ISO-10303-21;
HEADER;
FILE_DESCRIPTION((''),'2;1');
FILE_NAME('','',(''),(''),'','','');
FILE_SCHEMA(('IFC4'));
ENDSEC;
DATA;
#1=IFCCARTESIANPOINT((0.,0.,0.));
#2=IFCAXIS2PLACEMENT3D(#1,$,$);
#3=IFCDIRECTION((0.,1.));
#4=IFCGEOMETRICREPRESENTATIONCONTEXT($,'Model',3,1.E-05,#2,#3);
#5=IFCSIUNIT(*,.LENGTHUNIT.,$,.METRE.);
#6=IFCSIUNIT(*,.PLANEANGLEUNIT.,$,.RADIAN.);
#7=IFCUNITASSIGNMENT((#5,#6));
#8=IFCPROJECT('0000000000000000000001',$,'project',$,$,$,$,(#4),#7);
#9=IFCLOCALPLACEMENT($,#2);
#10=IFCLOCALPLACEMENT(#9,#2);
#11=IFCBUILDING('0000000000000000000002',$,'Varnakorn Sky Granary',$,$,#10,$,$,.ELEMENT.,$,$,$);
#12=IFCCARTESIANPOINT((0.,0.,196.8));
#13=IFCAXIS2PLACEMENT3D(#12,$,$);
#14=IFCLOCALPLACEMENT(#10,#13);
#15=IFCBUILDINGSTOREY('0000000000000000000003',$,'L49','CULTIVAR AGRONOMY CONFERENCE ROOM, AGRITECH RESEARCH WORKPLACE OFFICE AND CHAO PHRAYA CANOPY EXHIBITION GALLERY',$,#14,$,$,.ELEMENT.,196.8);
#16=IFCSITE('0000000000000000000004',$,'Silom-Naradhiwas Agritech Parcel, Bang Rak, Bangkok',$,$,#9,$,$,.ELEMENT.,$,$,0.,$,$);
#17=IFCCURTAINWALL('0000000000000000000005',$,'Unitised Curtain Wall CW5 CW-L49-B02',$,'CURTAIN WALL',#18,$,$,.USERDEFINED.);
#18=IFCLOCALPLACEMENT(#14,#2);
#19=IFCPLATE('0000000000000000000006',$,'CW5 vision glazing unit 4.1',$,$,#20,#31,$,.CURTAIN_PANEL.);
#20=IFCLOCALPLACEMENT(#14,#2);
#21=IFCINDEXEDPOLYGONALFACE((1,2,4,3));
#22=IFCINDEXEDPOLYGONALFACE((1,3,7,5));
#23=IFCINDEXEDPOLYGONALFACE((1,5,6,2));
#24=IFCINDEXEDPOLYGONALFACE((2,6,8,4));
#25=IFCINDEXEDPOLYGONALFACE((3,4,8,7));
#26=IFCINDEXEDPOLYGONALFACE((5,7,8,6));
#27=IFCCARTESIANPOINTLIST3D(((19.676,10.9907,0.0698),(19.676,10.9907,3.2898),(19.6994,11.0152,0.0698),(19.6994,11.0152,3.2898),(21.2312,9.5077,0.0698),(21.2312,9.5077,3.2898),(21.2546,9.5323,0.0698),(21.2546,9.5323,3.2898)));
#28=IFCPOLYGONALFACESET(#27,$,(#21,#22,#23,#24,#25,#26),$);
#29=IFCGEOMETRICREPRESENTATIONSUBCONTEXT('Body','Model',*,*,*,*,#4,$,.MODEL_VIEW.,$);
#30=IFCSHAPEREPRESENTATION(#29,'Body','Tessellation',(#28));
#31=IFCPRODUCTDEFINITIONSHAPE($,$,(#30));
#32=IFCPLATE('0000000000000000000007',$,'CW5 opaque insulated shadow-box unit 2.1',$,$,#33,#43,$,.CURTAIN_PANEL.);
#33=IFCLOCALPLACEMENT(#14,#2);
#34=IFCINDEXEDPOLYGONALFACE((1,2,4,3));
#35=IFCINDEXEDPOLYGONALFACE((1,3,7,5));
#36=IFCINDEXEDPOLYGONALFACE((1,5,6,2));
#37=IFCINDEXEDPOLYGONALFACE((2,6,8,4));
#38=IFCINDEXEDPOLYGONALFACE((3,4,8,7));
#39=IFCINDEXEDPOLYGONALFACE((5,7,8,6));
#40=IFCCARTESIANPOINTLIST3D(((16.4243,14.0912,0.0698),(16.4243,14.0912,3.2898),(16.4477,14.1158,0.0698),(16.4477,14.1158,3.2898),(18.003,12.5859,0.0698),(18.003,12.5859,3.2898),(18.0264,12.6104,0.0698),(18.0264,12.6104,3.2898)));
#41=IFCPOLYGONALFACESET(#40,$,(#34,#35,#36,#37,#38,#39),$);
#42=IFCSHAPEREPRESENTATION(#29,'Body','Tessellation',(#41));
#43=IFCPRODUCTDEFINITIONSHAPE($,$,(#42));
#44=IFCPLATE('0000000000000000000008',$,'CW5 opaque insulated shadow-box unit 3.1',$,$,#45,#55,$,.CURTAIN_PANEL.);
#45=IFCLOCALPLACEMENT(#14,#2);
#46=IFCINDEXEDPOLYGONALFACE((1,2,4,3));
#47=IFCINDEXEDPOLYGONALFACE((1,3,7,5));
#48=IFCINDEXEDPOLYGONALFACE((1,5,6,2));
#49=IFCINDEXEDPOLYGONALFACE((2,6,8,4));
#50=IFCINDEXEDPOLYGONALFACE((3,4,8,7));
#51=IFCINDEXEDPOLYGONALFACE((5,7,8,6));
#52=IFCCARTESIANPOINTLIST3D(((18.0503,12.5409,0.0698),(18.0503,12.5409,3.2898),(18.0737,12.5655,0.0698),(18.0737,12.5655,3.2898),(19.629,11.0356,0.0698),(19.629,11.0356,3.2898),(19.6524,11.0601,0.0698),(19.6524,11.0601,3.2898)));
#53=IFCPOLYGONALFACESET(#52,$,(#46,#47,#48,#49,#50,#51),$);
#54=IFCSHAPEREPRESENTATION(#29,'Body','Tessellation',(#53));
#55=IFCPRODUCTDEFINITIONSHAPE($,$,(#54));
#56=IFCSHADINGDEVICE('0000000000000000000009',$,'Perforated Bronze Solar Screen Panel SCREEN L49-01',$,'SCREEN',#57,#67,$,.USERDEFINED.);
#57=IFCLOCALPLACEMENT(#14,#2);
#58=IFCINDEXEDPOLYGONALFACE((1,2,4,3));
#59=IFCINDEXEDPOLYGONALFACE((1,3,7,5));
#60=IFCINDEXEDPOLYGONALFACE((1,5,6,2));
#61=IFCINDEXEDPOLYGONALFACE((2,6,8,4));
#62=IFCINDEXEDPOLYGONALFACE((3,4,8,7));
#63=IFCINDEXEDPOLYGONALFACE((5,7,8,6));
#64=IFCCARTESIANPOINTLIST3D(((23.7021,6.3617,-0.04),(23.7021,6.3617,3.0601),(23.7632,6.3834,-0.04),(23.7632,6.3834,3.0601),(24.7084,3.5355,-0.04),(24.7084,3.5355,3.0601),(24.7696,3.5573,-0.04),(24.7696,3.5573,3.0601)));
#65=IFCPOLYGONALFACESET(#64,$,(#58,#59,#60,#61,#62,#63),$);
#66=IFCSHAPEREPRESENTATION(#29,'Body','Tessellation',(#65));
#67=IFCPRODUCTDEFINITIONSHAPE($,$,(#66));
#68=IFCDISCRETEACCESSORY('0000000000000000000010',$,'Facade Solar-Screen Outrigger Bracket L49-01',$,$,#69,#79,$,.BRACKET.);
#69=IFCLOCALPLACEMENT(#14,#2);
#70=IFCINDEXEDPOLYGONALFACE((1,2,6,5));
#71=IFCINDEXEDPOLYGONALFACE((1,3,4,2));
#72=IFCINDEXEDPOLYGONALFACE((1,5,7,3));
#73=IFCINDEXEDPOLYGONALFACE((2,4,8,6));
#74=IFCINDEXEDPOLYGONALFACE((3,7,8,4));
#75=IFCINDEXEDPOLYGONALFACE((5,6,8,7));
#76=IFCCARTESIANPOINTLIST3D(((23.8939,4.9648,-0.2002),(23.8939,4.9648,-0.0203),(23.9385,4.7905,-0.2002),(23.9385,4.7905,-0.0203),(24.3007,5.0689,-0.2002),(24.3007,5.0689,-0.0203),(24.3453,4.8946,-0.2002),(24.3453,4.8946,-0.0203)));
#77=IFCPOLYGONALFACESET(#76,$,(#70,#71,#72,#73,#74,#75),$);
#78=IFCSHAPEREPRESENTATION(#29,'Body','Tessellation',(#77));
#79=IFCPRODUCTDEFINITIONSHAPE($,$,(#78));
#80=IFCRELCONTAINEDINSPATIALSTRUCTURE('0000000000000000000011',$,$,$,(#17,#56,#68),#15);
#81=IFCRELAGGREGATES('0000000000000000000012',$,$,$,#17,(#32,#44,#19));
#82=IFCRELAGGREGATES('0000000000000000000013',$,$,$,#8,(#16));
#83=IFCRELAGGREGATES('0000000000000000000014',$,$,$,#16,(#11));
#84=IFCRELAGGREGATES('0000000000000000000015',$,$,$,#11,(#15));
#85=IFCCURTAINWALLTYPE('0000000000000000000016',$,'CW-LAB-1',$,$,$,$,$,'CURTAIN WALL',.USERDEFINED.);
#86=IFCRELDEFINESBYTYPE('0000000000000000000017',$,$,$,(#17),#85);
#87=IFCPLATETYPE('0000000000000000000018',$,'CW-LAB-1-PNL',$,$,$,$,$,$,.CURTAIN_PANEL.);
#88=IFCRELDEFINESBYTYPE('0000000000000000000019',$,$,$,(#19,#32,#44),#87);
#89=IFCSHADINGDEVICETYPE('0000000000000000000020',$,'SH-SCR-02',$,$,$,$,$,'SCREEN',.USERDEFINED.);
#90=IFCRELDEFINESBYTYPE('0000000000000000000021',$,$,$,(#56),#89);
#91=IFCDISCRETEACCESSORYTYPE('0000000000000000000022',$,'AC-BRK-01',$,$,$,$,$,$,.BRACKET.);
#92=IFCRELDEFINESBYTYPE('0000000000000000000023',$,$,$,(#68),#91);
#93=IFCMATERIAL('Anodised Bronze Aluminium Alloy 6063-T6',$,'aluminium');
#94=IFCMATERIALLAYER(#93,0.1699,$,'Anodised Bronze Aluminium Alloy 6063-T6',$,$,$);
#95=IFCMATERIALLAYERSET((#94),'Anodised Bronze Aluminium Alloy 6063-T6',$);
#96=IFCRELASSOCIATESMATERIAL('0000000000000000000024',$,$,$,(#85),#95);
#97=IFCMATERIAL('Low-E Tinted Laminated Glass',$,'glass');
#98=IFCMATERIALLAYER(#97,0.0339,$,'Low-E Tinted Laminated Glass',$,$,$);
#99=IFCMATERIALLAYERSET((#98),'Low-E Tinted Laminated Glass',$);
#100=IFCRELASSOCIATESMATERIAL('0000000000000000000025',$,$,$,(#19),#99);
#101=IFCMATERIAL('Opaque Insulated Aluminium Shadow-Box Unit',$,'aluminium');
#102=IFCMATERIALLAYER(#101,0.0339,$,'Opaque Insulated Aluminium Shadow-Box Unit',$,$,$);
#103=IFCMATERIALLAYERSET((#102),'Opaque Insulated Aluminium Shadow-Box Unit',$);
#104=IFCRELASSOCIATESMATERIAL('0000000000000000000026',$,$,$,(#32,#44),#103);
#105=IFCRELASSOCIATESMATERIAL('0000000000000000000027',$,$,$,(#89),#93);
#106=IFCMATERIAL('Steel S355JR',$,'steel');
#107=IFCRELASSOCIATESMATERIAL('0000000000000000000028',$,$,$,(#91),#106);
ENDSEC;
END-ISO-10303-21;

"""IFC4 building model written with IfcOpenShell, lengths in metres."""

from ifc_helpers import new_model, si_unit, direction, frame, origin, origin_2d, place, context, subcontext, project, spatial, rectangle, extrude, source, transform, mapped, material, layer, layer_set, type_object, type_shapes, element, aggregate, save


model = new_model("IFC4")

# Units and contexts
model_context = context("Model", 3, precision=1e-05, world=origin(), true_north=direction((0.0, 1.0)))
body_context = subcontext(model_context, "Body", "Model", "MODEL_VIEW")
ifc_project = project(units=[si_unit("LENGTHUNIT", "METRE"), si_unit("PLANEANGLEUNIT", "RADIAN")], contexts=[model_context])

# Site, building, storey
site_placement = place(None, origin())
site = spatial("IfcSite", under=ifc_project, at=site_placement, Name="Silom-Naradhiwas Agritech Parcel, Bang Rak, Bangkok", CompositionType="ELEMENT", RefElevation=0.0)
building_placement = place(site_placement, origin())
building = spatial("IfcBuilding", under=site, at=building_placement, Name="Varnakorn Sky Granary", CompositionType="ELEMENT")
storey_placement = place(building_placement, frame((0.0, 0.0, 196.8)))
storey = spatial("IfcBuildingStorey", under=building, at=storey_placement, Name="L49", Description="CULTIVAR AGRONOMY CONFERENCE ROOM, AGRITECH RESEARCH WORKPLACE OFFICE AND CHAO PHRAYA CANOPY EXHIBITION GALLERY", CompositionType="ELEMENT", Elevation=196.8)

# Shared definitions
ifc_material_1 = material(Name="Steel S355JR", Category="steel")

# Curtain wall
ifc_material_2 = material(Name="Anodised Bronze Aluminium Alloy 6063-T6", Category="aluminium")
ifc_layer_1 = layer(ifc_material_2, 0.1699, Name="Anodised Bronze Aluminium Alloy 6063-T6")
ifc_layer_set_1 = layer_set([ifc_layer_1], Name="Anodised Bronze Aluminium Alloy 6063-T6")
curtain_wall_type = type_object("IfcCurtainWallType", Name="CW-LAB-1", ElementType="CURTAIN WALL", PredefinedType="USERDEFINED", material=ifc_layer_set_1)
curtain_wall_1_placement = place(storey_placement, origin())
curtain_wall_1 = element("IfcCurtainWall", 1, at=curtain_wall_1_placement, inside=storey, type_object=curtain_wall_type, Name="Unitised Curtain Wall CW5 CW-L49-B02", ObjectType="CURTAIN WALL", PredefinedType="USERDEFINED")

# Plates
ifc_material_3 = material(Name="Low-E Tinted Laminated Glass", Category="glass")
ifc_layer_2 = layer(ifc_material_3, 0.0339, Name="Low-E Tinted Laminated Glass")
ifc_layer_set_2 = layer_set([ifc_layer_2], Name="Low-E Tinted Laminated Glass")
plate_type = type_object("IfcPlateType", Name="CW-LAB-1-PNL", PredefinedType="CURTAIN_PANEL")
ifc_material_4 = material(Name="Opaque Insulated Aluminium Shadow-Box Unit", Category="aluminium")
ifc_layer_3 = layer(ifc_material_4, 0.0339, Name="Opaque Insulated Aluminium Shadow-Box Unit")
ifc_layer_set_3 = layer_set([ifc_layer_3], Name="Opaque Insulated Aluminium Shadow-Box Unit")
shared_shape_1 = source(origin(), body_context, "Body", "SweptSolid", [
    extrude(rectangle(XDim=2.1489, YDim=0.0339, at=origin_2d()), origin(), (0.0, 0.0, 1.0), 3.22),
])
plate_1_placement = place(storey_placement, frame((20.4653, 10.2615, 0.0698), z_axis=(0.0, 0.0, 1.0), x_axis=(0.723717, -0.690097, 0.0)))
plate_1 = element("IfcPlate", 2, at=plate_1_placement, type_object=plate_type, material=ifc_layer_set_2, Name="CW5 vision glazing unit 4.1", PredefinedType="CURTAIN_PANEL", context=body_context, shape_type="MappedRepresentation", body=[
    mapped(shared_shape_1, transform((0.0, 0.0, 0.0), x_axis=(1.0, 0.0, 0.0), y_axis=(0.0, 1.0, 0.0), z_axis=(0.0, 0.0, 1.0), scale=1.0)),
])
shared_shape_2 = source(origin(), body_context, "Body", "SweptSolid", [
    extrude(rectangle(XDim=2.1814, YDim=0.0339, at=origin_2d()), origin(), (0.0, 0.0, 1.0), 3.22),
])
plate_2_placement = place(storey_placement, frame((17.2253, 13.3508, 0.0698), z_axis=(0.0, 0.0, 1.0), x_axis=(0.723717, -0.690097, 0.0)))
plate_2 = element("IfcPlate", 3, at=plate_2_placement, type_object=plate_type, material=ifc_layer_set_3, Name="CW5 opaque insulated shadow-box unit 2.1", PredefinedType="CURTAIN_PANEL", context=body_context, shape_type="MappedRepresentation", body=[
    mapped(shared_shape_2, transform((0.0, 0.0, 0.0), x_axis=(1.0, 0.0, 0.0), y_axis=(0.0, 1.0, 0.0), z_axis=(0.0, 0.0, 1.0), scale=1.0)),
])
plate_3_placement = place(storey_placement, frame((18.8513, 11.8005, 0.0698), z_axis=(0.0, 0.0, 1.0), x_axis=(0.723717, -0.690097, 0.0)))
plate_3 = element("IfcPlate", 4, at=plate_3_placement, type_object=plate_type, material=ifc_layer_set_3, Name="CW5 opaque insulated shadow-box unit 3.1", PredefinedType="CURTAIN_PANEL", context=body_context, shape_type="MappedRepresentation", body=[
    mapped(shared_shape_2, transform((0.0, 0.0, 0.0), x_axis=(1.0, 0.0, 0.0), y_axis=(0.0, 1.0, 0.0), z_axis=(0.0, 0.0, 1.0), scale=1.0)),
])
aggregate(curtain_wall_1, [plate_2, plate_3, plate_1])

# Shading device
shading_device_type = type_object("IfcShadingDeviceType", Name="SH-SCR-02", ElementType="SCREEN", PredefinedType="USERDEFINED", material=ifc_material_2)
shared_shape_3 = source(origin(), body_context, "Body", "SweptSolid", [
    extrude(rectangle(XDim=3.0, YDim=0.0649, at=origin_2d()), origin(), (0.0, 0.0, 1.0), 3.1001),
])
type_shapes(shading_device_type, [shared_shape_3])
shading_device_placement = place(storey_placement, frame((24.2358, 4.9595, -0.04), z_axis=(0.0, 0.0, 1.0), x_axis=(-0.335455, 0.942056, 0.0)))
element("IfcShadingDevice", 5, at=shading_device_placement, inside=storey, type_object=shading_device_type, Name="Perforated Bronze Solar Screen Panel SCREEN L49-01", ObjectType="SCREEN", PredefinedType="USERDEFINED", context=body_context, shape_type="MappedRepresentation", body=[
    mapped(shared_shape_3, transform((0.0, 0.0, 0.0), x_axis=(1.0, 0.0, 0.0), y_axis=(0.0, 1.0, 0.0), z_axis=(0.0, 0.0, 1.0), scale=1.0)),
])

# Discrete accessory
discrete_accessory_type = type_object("IfcDiscreteAccessoryType", Name="AC-BRK-01", PredefinedType="BRACKET", material=ifc_material_1)
shared_shape_4 = source(origin(), body_context, "Body", "SweptSolid", [
    extrude(rectangle(XDim=0.1799, YDim=0.4199, at=origin_2d()), origin(), (0.0, 0.0, 1.0), 0.1799),
])
type_shapes(discrete_accessory_type, [shared_shape_4])
discrete_accessory_placement = place(storey_placement, frame((24.1196, 4.9297, -0.2002), z_axis=(0.0, 0.0, 1.0), x_axis=(-0.247848, 0.968799, 0.0)))
element("IfcDiscreteAccessory", 6, at=discrete_accessory_placement, inside=storey, type_object=discrete_accessory_type, Name="Facade Solar-Screen Outrigger Bracket L49-01", PredefinedType="BRACKET", context=body_context, shape_type="MappedRepresentation", body=[
    mapped(shared_shape_4, transform((0.0, 0.0, 0.0), x_axis=(1.0, 0.0, 0.0), y_axis=(0.0, 1.0, 0.0), z_axis=(0.0, 0.0, 1.0), scale=1.0)),
])

save(model, "model.ifc")
